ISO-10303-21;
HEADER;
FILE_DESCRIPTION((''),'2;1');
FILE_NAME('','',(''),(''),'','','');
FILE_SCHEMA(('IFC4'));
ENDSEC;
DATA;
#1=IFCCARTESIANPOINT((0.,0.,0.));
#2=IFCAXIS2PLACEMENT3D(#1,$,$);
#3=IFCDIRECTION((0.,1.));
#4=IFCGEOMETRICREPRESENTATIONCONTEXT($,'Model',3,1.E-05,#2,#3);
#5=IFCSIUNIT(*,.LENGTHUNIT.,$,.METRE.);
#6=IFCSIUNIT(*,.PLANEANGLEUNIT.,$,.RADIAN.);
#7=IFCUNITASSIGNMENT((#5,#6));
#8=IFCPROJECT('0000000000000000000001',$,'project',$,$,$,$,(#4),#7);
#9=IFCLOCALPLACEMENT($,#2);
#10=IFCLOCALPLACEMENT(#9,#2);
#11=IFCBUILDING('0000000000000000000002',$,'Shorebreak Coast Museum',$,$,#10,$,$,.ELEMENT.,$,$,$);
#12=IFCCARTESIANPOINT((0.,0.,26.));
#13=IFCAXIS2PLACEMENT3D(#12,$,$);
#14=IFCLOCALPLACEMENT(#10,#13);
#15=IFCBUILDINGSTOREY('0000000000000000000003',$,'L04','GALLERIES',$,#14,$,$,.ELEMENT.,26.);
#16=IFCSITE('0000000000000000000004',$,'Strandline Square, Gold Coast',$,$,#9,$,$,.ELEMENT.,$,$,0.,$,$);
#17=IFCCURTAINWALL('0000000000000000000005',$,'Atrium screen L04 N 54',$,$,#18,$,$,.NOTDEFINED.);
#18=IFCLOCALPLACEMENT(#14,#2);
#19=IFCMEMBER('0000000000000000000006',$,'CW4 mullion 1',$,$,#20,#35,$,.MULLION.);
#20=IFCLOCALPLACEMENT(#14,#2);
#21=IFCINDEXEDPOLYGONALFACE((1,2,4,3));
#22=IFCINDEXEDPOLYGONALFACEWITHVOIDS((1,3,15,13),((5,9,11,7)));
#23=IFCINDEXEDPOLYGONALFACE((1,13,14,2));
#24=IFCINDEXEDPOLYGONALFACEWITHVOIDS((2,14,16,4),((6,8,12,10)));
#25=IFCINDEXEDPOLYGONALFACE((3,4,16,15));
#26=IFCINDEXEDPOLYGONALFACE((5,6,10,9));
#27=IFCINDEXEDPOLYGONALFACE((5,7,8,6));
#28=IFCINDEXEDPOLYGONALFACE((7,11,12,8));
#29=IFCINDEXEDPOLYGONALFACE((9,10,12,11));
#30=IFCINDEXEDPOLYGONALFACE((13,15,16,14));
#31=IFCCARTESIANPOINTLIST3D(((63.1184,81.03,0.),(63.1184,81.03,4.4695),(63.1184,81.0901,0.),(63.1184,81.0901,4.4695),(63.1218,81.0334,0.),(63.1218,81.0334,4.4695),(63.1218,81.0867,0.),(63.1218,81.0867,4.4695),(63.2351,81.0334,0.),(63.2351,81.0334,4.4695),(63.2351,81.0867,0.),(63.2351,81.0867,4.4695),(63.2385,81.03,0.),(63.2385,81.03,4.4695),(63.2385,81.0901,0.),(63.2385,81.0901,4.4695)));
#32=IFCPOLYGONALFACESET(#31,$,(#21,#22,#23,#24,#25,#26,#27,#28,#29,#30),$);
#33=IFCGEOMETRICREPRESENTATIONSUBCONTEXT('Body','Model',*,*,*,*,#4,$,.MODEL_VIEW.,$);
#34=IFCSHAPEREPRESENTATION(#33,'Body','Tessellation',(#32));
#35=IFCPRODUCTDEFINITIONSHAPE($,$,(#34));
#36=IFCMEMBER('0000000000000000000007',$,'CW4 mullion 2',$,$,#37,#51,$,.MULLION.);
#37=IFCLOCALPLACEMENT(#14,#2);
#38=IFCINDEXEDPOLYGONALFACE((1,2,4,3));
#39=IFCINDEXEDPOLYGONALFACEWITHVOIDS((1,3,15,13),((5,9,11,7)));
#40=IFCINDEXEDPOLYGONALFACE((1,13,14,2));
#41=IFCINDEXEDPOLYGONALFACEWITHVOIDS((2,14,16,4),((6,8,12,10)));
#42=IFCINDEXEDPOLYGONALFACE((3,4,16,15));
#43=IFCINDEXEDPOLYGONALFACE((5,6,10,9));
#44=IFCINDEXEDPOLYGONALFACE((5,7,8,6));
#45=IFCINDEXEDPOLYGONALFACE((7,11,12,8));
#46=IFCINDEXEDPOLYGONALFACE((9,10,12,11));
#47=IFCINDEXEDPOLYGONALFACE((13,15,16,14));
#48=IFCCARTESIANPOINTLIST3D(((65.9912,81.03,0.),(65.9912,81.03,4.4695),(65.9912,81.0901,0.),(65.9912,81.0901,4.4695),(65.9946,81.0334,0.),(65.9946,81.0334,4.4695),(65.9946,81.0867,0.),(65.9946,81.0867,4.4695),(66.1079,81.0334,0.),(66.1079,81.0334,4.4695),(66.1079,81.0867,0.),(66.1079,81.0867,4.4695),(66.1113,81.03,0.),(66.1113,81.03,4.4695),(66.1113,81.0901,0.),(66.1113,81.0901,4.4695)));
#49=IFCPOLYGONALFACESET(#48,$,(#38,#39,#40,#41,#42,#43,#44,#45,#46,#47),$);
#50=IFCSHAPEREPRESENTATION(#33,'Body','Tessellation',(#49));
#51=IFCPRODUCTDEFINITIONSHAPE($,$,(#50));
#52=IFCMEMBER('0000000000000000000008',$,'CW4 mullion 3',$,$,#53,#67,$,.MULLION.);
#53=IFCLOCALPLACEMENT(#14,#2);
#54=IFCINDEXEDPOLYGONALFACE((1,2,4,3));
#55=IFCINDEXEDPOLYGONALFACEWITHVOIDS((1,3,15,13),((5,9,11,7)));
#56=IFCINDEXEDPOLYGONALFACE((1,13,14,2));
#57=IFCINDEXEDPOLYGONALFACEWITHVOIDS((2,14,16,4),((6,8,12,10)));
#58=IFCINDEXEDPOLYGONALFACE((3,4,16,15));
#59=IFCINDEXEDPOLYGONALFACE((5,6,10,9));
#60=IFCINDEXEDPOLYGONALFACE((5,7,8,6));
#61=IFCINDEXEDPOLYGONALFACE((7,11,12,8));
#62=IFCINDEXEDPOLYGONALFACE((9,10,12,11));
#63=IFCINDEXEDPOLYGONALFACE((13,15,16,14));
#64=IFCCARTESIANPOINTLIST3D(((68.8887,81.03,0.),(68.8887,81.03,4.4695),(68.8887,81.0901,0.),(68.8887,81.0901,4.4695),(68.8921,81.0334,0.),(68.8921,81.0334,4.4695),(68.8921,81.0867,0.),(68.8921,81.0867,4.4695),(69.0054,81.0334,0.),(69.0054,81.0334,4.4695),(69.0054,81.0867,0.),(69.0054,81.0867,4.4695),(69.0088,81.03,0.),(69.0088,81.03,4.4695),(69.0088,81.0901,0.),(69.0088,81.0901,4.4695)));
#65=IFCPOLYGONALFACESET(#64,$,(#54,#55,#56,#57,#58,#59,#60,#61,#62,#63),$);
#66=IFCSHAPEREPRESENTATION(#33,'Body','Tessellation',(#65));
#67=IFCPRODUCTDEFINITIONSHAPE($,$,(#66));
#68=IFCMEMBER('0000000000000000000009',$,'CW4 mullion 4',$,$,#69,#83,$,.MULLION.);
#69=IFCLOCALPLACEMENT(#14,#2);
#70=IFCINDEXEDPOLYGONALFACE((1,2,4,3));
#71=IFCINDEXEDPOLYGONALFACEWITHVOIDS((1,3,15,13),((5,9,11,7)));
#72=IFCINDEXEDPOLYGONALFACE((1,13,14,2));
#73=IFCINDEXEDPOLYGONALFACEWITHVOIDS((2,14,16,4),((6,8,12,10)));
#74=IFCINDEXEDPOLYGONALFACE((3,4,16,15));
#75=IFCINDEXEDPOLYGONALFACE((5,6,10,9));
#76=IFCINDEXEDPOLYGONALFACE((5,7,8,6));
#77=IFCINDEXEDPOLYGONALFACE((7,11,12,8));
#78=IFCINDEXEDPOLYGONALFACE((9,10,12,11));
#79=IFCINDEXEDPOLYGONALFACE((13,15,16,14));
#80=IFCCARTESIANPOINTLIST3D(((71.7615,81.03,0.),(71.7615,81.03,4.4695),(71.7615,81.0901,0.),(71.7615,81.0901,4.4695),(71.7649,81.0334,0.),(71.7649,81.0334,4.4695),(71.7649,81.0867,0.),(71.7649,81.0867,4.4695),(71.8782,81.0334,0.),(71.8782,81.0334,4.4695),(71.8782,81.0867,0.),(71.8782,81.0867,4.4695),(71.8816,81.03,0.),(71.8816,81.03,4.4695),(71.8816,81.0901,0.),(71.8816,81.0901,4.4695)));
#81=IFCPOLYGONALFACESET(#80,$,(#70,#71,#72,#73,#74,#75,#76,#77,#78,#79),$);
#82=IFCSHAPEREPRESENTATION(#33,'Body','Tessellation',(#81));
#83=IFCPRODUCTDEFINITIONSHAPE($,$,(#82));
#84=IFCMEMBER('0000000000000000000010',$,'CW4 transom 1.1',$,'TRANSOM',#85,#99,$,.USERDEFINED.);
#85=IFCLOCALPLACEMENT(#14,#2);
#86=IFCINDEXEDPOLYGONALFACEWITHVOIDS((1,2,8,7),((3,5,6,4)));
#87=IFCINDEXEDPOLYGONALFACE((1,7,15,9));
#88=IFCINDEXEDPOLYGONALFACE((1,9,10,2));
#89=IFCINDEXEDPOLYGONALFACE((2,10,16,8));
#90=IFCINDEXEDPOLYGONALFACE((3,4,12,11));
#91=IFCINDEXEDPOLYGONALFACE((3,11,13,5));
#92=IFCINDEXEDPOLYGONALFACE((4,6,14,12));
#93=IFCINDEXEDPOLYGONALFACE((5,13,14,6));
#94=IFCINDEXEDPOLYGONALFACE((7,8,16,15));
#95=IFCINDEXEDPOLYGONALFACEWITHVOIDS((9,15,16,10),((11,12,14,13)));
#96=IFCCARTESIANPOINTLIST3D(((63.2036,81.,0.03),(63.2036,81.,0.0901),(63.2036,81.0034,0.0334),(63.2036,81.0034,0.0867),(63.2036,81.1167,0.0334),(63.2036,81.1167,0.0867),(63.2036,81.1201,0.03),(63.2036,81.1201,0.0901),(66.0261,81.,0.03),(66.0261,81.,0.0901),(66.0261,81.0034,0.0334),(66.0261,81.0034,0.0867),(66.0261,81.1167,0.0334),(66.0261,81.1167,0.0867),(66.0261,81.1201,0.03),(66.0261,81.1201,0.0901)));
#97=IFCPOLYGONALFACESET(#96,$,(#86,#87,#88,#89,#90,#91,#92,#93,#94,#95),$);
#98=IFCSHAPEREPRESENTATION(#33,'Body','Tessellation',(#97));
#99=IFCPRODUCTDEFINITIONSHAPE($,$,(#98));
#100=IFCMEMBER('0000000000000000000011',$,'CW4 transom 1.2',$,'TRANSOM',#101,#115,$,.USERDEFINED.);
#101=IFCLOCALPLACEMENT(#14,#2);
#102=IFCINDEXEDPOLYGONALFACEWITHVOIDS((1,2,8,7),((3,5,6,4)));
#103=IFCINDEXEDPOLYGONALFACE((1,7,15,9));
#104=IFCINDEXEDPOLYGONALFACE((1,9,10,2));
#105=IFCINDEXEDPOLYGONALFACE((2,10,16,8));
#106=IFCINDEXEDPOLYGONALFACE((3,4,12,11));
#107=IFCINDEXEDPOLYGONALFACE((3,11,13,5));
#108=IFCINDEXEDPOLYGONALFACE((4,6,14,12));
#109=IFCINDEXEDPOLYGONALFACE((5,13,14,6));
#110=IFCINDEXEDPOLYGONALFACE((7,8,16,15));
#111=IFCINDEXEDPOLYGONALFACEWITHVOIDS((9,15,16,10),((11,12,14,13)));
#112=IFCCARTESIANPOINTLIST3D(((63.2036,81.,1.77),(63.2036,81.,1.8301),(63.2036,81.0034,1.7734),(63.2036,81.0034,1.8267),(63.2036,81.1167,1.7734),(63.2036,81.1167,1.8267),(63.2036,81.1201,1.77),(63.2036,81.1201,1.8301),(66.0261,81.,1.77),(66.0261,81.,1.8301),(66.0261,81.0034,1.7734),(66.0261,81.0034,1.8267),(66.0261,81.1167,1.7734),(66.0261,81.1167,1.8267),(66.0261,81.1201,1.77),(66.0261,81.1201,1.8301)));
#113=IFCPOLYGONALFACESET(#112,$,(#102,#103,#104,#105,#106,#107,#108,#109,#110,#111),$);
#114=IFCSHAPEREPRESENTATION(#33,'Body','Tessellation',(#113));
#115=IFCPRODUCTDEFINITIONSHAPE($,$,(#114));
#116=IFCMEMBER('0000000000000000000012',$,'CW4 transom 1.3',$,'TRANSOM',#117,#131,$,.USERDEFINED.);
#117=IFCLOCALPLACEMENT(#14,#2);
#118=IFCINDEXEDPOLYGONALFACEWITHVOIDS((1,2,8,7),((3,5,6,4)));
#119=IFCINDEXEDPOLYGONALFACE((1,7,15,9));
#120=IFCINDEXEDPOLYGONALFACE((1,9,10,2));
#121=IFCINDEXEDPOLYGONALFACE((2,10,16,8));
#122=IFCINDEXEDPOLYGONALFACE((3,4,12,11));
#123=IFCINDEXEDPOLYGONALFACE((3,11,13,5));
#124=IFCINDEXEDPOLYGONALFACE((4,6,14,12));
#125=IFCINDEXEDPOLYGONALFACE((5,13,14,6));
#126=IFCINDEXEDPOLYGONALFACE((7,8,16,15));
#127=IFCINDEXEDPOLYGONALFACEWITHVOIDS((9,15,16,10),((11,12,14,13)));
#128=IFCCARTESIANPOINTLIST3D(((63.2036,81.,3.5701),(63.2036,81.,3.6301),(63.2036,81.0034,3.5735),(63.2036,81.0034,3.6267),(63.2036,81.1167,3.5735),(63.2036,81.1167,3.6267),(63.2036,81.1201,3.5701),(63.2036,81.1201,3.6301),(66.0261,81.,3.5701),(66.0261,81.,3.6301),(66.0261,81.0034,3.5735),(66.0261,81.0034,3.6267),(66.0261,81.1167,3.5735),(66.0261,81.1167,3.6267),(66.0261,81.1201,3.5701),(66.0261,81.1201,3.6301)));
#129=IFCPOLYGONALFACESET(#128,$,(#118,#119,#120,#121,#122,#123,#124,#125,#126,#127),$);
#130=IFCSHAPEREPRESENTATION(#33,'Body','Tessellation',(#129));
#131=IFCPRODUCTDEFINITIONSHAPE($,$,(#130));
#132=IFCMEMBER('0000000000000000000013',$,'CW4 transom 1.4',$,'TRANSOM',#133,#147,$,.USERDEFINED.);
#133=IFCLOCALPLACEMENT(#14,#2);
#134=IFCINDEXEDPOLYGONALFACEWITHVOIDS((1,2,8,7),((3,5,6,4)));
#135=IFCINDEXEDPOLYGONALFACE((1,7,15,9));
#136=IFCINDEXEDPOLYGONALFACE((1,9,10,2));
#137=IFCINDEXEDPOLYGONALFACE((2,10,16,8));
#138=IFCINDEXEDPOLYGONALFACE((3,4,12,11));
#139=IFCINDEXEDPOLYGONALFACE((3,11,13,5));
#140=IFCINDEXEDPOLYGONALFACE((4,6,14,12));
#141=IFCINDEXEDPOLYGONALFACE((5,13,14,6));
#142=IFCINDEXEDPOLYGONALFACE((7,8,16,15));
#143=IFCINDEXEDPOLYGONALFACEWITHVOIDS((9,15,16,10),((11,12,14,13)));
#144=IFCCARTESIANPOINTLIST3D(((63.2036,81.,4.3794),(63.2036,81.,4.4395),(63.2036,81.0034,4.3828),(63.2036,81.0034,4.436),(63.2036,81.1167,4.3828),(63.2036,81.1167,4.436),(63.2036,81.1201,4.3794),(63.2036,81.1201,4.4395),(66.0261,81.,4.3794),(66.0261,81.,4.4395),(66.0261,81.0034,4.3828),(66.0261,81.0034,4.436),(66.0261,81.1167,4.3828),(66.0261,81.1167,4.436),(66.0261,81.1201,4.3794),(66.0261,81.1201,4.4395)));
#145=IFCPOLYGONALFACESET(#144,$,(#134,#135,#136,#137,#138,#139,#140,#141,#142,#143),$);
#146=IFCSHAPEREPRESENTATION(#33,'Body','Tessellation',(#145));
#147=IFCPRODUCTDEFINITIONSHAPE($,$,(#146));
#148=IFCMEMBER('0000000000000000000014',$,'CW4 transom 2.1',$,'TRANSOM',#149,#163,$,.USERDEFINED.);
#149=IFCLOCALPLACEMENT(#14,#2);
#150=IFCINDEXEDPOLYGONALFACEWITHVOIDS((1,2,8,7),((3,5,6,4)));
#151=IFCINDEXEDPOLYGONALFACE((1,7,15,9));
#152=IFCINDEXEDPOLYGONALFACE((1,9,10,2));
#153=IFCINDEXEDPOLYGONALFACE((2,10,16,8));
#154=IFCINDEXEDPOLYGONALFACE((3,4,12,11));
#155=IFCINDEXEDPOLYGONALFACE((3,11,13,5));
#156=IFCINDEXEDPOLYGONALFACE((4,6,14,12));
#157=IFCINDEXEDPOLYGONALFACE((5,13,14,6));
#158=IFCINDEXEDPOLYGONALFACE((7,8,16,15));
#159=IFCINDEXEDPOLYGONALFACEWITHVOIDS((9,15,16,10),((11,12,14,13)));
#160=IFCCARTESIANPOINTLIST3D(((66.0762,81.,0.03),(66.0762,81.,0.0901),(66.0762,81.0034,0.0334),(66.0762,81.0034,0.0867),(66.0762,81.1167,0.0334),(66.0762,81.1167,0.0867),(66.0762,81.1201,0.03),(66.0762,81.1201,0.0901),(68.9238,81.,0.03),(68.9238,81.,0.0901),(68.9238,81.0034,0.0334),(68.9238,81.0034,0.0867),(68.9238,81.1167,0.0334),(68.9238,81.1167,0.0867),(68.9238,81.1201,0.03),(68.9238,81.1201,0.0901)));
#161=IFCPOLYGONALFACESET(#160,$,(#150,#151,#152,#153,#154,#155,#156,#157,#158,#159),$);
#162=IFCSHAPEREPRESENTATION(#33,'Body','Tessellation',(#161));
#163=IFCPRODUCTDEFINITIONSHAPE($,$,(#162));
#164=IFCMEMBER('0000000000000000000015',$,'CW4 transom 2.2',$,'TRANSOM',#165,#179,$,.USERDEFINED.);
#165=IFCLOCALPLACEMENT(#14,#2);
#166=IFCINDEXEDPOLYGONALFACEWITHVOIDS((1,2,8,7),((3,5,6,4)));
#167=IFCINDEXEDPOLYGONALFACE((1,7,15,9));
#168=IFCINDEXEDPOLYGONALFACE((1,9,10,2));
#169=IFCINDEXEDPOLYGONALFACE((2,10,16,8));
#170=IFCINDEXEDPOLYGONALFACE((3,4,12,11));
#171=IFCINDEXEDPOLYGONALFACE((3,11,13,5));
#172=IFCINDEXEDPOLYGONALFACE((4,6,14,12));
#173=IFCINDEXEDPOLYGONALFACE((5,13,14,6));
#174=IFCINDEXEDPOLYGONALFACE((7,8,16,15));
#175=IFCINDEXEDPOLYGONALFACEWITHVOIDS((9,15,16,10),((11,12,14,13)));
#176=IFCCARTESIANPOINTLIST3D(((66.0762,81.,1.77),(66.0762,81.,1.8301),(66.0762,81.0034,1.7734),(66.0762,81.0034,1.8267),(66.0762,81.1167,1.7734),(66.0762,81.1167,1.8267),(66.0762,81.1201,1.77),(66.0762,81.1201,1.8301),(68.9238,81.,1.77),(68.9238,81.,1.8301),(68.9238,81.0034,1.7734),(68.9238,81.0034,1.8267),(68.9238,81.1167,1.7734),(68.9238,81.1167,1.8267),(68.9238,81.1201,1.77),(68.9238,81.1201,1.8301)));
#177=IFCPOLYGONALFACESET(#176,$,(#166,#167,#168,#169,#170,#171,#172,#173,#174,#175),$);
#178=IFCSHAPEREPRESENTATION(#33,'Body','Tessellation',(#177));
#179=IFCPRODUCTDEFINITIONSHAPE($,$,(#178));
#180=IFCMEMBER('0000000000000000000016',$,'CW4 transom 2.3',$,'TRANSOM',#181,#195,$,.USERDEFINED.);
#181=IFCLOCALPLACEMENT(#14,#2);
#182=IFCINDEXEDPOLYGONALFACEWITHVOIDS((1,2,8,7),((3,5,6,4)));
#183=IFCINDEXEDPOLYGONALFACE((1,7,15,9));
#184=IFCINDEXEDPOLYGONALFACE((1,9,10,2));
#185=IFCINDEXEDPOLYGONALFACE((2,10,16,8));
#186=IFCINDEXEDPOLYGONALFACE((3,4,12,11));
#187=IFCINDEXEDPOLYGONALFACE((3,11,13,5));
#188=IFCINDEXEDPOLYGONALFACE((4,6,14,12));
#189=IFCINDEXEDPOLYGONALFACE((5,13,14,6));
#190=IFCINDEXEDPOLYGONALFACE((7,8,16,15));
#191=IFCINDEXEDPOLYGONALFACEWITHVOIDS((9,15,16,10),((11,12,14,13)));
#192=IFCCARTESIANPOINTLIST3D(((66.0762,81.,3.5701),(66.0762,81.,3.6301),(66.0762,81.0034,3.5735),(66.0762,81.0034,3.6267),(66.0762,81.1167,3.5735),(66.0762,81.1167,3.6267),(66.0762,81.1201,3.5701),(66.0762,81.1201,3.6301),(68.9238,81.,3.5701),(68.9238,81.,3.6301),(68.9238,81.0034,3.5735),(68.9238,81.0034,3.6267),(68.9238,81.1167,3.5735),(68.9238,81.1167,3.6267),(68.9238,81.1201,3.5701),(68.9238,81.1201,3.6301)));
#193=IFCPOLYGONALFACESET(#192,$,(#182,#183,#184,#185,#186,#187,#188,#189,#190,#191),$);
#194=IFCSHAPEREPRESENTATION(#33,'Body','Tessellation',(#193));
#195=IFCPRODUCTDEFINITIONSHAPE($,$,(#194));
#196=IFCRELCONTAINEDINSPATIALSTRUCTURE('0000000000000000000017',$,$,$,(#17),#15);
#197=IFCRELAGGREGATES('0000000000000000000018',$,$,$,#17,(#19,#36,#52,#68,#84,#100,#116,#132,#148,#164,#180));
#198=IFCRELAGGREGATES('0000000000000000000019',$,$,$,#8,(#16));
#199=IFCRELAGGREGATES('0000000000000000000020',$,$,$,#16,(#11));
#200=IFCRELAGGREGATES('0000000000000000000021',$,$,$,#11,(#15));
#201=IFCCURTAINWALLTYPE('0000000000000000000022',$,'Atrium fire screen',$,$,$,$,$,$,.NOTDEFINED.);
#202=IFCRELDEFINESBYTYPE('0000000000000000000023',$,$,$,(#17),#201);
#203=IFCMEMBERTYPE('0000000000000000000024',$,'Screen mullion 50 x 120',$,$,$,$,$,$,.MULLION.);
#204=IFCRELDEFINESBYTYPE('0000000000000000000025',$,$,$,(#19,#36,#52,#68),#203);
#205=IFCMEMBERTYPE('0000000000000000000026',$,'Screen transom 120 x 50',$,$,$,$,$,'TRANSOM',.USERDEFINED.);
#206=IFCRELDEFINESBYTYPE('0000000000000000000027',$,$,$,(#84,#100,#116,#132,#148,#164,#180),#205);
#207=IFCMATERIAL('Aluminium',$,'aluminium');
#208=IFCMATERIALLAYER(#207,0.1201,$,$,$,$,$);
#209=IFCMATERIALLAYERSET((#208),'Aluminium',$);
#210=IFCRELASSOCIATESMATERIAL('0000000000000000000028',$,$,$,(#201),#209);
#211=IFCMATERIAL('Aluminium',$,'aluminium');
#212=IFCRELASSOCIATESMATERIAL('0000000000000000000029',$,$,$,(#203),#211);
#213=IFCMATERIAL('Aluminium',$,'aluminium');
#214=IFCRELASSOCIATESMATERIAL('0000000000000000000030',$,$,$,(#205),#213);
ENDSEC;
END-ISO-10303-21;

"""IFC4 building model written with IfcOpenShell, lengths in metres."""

from ifc_helpers import new_model, si_unit, direction, frame, origin, origin_2d, place, context, subcontext, project, spatial, hollow_rectangle, extrude, material, layer, layer_set, material_profile, profile_set, type_object, element, aggregate, save


model = new_model("IFC4")

# Units and contexts
model_context = context("Model", 3, precision=1e-05, world=origin(), true_north=direction((0.0, 1.0)))
body_context = subcontext(model_context, "Body", "Model", "MODEL_VIEW")
ifc_project = project(units=[si_unit("LENGTHUNIT", "METRE"), si_unit("PLANEANGLEUNIT", "RADIAN")], contexts=[model_context])

# Site, building, storey
site_placement = place(None, origin())
site = spatial("IfcSite", under=ifc_project, at=site_placement, Name="Strandline Square, Gold Coast", CompositionType="ELEMENT", RefElevation=0.0)
building_placement = place(site_placement, origin())
building = spatial("IfcBuilding", under=site, at=building_placement, Name="Shorebreak Coast Museum", CompositionType="ELEMENT")
storey_placement = place(building_placement, frame((0.0, 0.0, 26.0)))
storey = spatial("IfcBuildingStorey", under=building, at=storey_placement, Name="L04", Description="GALLERIES", CompositionType="ELEMENT", Elevation=26.0)

# Curtain wall, members
ifc_material_1 = material(Name="Aluminium", Category="aluminium")
ifc_layer_1 = layer(ifc_material_1, 0.1201)
ifc_layer_set_1 = layer_set([ifc_layer_1], Name="Aluminium")
curtain_wall_type = type_object("IfcCurtainWallType", Name="Atrium fire screen", PredefinedType="NOTDEFINED", material=ifc_layer_set_1)
curtain_wall_placement = place(storey_placement, origin())
curtain_wall = element("IfcCurtainWall", 1, at=curtain_wall_placement, inside=storey, type_object=curtain_wall_type, Name="Atrium screen L04 N 54", PredefinedType="NOTDEFINED")
ifc_material_2 = material(Name="Aluminium", Category="aluminium")
ifc_material_profile_1 = material_profile(ifc_material_2, hollow_rectangle(XDim=0.0601, YDim=0.1201, WallThickness=0.0034, at=origin_2d()), Name="AL 120x60 RHS")
ifc_profile_set_1 = profile_set([ifc_material_profile_1], Name="Aluminium")
member_type_1 = type_object("IfcMemberType", Name="Screen mullion 50 x 120", PredefinedType="MULLION", material=ifc_profile_set_1)
member_1_placement = place(storey_placement, frame((63.1785, 81.0601, 0.0), z_axis=(0.0, 0.0, 1.0), x_axis=(0.0, 1.0, 0.0)))
member_1 = element("IfcMember", 2, at=member_1_placement, type_object=member_type_1, Name="CW4 mullion 1", PredefinedType="MULLION", context=body_context, shape_type="SweptSolid", body=[
    extrude(hollow_rectangle(XDim=0.0601, YDim=0.1201, WallThickness=0.0034, at=origin_2d()), origin(), (0.0, 0.0, 1.0), 4.4695),
])
member_2_placement = place(storey_placement, frame((66.0513, 81.0601, 0.0), z_axis=(0.0, 0.0, 1.0), x_axis=(0.0, 1.0, 0.0)))
member_2 = element("IfcMember", 3, at=member_2_placement, type_object=member_type_1, Name="CW4 mullion 2", PredefinedType="MULLION", context=body_context, shape_type="SweptSolid", body=[
    extrude(hollow_rectangle(XDim=0.0601, YDim=0.1201, WallThickness=0.0034, at=origin_2d()), origin(), (0.0, 0.0, 1.0), 4.4695),
])
member_3_placement = place(storey_placement, frame((68.9487, 81.0601, 0.0), z_axis=(0.0, 0.0, 1.0), x_axis=(0.0, 1.0, 0.0)))
member_3 = element("IfcMember", 4, at=member_3_placement, type_object=member_type_1, Name="CW4 mullion 3", PredefinedType="MULLION", context=body_context, shape_type="SweptSolid", body=[
    extrude(hollow_rectangle(XDim=0.0601, YDim=0.1201, WallThickness=0.0034, at=origin_2d()), origin(), (0.0, 0.0, 1.0), 4.4695),
])
member_4_placement = place(storey_placement, frame((71.8215, 81.0601, 0.0), z_axis=(0.0, 0.0, 1.0), x_axis=(0.0, 1.0, 0.0)))
member_4 = element("IfcMember", 5, at=member_4_placement, type_object=member_type_1, Name="CW4 mullion 4", PredefinedType="MULLION", context=body_context, shape_type="SweptSolid", body=[
    extrude(hollow_rectangle(XDim=0.0601, YDim=0.1201, WallThickness=0.0034, at=origin_2d()), origin(), (0.0, 0.0, 1.0), 4.4695),
])
ifc_material_3 = material(Name="Aluminium", Category="aluminium")
ifc_material_profile_2 = material_profile(ifc_material_3, hollow_rectangle(XDim=0.1201, YDim=0.0601, WallThickness=0.0034, at=origin_2d()), Name="AL 60x120 RHS")
ifc_profile_set_2 = profile_set([ifc_material_profile_2], Name="Aluminium")
member_type_2 = type_object("IfcMemberType", Name="Screen transom 120 x 50", ElementType="TRANSOM", PredefinedType="USERDEFINED", material=ifc_profile_set_2)
member_5_placement = place(storey_placement, frame((63.2036, 81.0601, 0.0601), z_axis=(1.0, 0.0, 0.0), x_axis=(0.0, 1.0, 0.0)))
member_5 = element("IfcMember", 6, at=member_5_placement, type_object=member_type_2, Name="CW4 transom 1.1", ObjectType="TRANSOM", PredefinedType="USERDEFINED", context=body_context, shape_type="SweptSolid", body=[
    extrude(hollow_rectangle(XDim=0.1201, YDim=0.0601, WallThickness=0.0034, at=origin_2d()), origin(), (0.0, 0.0, 1.0), 2.8225),
])
member_6_placement = place(storey_placement, frame((63.2036, 81.0601, 1.8), z_axis=(1.0, 0.0, 0.0), x_axis=(0.0, 1.0, 0.0)))
member_6 = element("IfcMember", 7, at=member_6_placement, type_object=member_type_2, Name="CW4 transom 1.2", ObjectType="TRANSOM", PredefinedType="USERDEFINED", context=body_context, shape_type="SweptSolid", body=[
    extrude(hollow_rectangle(XDim=0.1201, YDim=0.0601, WallThickness=0.0034, at=origin_2d()), origin(), (0.0, 0.0, 1.0), 2.8225),
])
member_7_placement = place(storey_placement, frame((63.2036, 81.0601, 3.6001), z_axis=(1.0, 0.0, 0.0), x_axis=(0.0, 1.0, 0.0)))
member_7 = element("IfcMember", 8, at=member_7_placement, type_object=member_type_2, Name="CW4 transom 1.3", ObjectType="TRANSOM", PredefinedType="USERDEFINED", context=body_context, shape_type="SweptSolid", body=[
    extrude(hollow_rectangle(XDim=0.1201, YDim=0.0601, WallThickness=0.0034, at=origin_2d()), origin(), (0.0, 0.0, 1.0), 2.8225),
])
member_8_placement = place(storey_placement, frame((63.2036, 81.0601, 4.4094), z_axis=(1.0, 0.0, 0.0), x_axis=(0.0, 1.0, 0.0)))
member_8 = element("IfcMember", 9, at=member_8_placement, type_object=member_type_2, Name="CW4 transom 1.4", ObjectType="TRANSOM", PredefinedType="USERDEFINED", context=body_context, shape_type="SweptSolid", body=[
    extrude(hollow_rectangle(XDim=0.1201, YDim=0.0601, WallThickness=0.0034, at=origin_2d()), origin(), (0.0, 0.0, 1.0), 2.8225),
])
member_9_placement = place(storey_placement, frame((66.0762, 81.0601, 0.0601), z_axis=(1.0, 0.0, 0.0), x_axis=(0.0, 1.0, 0.0)))
member_9 = element("IfcMember", 10, at=member_9_placement, type_object=member_type_2, Name="CW4 transom 2.1", ObjectType="TRANSOM", PredefinedType="USERDEFINED", context=body_context, shape_type="SweptSolid", body=[
    extrude(hollow_rectangle(XDim=0.1201, YDim=0.0601, WallThickness=0.0034, at=origin_2d()), origin(), (0.0, 0.0, 1.0), 2.8477),
])
member_10_placement = place(storey_placement, frame((66.0762, 81.0601, 1.8), z_axis=(1.0, 0.0, 0.0), x_axis=(0.0, 1.0, 0.0)))
member_10 = element("IfcMember", 11, at=member_10_placement, type_object=member_type_2, Name="CW4 transom 2.2", ObjectType="TRANSOM", PredefinedType="USERDEFINED", context=body_context, shape_type="SweptSolid", body=[
    extrude(hollow_rectangle(XDim=0.1201, YDim=0.0601, WallThickness=0.0034, at=origin_2d()), origin(), (0.0, 0.0, 1.0), 2.8477),
])
member_11_placement = place(storey_placement, frame((66.0762, 81.0601, 3.6001), z_axis=(1.0, 0.0, 0.0), x_axis=(0.0, 1.0, 0.0)))
member_11 = element("IfcMember", 12, at=member_11_placement, type_object=member_type_2, Name="CW4 transom 2.3", ObjectType="TRANSOM", PredefinedType="USERDEFINED", context=body_context, shape_type="SweptSolid", body=[
    extrude(hollow_rectangle(XDim=0.1201, YDim=0.0601, WallThickness=0.0034, at=origin_2d()), origin(), (0.0, 0.0, 1.0), 2.8477),
])
aggregate(curtain_wall, [member_1, member_2, member_3, member_4, member_5, member_6, member_7, member_8, member_9, member_10, member_11])

save(model, "model.ifc")
